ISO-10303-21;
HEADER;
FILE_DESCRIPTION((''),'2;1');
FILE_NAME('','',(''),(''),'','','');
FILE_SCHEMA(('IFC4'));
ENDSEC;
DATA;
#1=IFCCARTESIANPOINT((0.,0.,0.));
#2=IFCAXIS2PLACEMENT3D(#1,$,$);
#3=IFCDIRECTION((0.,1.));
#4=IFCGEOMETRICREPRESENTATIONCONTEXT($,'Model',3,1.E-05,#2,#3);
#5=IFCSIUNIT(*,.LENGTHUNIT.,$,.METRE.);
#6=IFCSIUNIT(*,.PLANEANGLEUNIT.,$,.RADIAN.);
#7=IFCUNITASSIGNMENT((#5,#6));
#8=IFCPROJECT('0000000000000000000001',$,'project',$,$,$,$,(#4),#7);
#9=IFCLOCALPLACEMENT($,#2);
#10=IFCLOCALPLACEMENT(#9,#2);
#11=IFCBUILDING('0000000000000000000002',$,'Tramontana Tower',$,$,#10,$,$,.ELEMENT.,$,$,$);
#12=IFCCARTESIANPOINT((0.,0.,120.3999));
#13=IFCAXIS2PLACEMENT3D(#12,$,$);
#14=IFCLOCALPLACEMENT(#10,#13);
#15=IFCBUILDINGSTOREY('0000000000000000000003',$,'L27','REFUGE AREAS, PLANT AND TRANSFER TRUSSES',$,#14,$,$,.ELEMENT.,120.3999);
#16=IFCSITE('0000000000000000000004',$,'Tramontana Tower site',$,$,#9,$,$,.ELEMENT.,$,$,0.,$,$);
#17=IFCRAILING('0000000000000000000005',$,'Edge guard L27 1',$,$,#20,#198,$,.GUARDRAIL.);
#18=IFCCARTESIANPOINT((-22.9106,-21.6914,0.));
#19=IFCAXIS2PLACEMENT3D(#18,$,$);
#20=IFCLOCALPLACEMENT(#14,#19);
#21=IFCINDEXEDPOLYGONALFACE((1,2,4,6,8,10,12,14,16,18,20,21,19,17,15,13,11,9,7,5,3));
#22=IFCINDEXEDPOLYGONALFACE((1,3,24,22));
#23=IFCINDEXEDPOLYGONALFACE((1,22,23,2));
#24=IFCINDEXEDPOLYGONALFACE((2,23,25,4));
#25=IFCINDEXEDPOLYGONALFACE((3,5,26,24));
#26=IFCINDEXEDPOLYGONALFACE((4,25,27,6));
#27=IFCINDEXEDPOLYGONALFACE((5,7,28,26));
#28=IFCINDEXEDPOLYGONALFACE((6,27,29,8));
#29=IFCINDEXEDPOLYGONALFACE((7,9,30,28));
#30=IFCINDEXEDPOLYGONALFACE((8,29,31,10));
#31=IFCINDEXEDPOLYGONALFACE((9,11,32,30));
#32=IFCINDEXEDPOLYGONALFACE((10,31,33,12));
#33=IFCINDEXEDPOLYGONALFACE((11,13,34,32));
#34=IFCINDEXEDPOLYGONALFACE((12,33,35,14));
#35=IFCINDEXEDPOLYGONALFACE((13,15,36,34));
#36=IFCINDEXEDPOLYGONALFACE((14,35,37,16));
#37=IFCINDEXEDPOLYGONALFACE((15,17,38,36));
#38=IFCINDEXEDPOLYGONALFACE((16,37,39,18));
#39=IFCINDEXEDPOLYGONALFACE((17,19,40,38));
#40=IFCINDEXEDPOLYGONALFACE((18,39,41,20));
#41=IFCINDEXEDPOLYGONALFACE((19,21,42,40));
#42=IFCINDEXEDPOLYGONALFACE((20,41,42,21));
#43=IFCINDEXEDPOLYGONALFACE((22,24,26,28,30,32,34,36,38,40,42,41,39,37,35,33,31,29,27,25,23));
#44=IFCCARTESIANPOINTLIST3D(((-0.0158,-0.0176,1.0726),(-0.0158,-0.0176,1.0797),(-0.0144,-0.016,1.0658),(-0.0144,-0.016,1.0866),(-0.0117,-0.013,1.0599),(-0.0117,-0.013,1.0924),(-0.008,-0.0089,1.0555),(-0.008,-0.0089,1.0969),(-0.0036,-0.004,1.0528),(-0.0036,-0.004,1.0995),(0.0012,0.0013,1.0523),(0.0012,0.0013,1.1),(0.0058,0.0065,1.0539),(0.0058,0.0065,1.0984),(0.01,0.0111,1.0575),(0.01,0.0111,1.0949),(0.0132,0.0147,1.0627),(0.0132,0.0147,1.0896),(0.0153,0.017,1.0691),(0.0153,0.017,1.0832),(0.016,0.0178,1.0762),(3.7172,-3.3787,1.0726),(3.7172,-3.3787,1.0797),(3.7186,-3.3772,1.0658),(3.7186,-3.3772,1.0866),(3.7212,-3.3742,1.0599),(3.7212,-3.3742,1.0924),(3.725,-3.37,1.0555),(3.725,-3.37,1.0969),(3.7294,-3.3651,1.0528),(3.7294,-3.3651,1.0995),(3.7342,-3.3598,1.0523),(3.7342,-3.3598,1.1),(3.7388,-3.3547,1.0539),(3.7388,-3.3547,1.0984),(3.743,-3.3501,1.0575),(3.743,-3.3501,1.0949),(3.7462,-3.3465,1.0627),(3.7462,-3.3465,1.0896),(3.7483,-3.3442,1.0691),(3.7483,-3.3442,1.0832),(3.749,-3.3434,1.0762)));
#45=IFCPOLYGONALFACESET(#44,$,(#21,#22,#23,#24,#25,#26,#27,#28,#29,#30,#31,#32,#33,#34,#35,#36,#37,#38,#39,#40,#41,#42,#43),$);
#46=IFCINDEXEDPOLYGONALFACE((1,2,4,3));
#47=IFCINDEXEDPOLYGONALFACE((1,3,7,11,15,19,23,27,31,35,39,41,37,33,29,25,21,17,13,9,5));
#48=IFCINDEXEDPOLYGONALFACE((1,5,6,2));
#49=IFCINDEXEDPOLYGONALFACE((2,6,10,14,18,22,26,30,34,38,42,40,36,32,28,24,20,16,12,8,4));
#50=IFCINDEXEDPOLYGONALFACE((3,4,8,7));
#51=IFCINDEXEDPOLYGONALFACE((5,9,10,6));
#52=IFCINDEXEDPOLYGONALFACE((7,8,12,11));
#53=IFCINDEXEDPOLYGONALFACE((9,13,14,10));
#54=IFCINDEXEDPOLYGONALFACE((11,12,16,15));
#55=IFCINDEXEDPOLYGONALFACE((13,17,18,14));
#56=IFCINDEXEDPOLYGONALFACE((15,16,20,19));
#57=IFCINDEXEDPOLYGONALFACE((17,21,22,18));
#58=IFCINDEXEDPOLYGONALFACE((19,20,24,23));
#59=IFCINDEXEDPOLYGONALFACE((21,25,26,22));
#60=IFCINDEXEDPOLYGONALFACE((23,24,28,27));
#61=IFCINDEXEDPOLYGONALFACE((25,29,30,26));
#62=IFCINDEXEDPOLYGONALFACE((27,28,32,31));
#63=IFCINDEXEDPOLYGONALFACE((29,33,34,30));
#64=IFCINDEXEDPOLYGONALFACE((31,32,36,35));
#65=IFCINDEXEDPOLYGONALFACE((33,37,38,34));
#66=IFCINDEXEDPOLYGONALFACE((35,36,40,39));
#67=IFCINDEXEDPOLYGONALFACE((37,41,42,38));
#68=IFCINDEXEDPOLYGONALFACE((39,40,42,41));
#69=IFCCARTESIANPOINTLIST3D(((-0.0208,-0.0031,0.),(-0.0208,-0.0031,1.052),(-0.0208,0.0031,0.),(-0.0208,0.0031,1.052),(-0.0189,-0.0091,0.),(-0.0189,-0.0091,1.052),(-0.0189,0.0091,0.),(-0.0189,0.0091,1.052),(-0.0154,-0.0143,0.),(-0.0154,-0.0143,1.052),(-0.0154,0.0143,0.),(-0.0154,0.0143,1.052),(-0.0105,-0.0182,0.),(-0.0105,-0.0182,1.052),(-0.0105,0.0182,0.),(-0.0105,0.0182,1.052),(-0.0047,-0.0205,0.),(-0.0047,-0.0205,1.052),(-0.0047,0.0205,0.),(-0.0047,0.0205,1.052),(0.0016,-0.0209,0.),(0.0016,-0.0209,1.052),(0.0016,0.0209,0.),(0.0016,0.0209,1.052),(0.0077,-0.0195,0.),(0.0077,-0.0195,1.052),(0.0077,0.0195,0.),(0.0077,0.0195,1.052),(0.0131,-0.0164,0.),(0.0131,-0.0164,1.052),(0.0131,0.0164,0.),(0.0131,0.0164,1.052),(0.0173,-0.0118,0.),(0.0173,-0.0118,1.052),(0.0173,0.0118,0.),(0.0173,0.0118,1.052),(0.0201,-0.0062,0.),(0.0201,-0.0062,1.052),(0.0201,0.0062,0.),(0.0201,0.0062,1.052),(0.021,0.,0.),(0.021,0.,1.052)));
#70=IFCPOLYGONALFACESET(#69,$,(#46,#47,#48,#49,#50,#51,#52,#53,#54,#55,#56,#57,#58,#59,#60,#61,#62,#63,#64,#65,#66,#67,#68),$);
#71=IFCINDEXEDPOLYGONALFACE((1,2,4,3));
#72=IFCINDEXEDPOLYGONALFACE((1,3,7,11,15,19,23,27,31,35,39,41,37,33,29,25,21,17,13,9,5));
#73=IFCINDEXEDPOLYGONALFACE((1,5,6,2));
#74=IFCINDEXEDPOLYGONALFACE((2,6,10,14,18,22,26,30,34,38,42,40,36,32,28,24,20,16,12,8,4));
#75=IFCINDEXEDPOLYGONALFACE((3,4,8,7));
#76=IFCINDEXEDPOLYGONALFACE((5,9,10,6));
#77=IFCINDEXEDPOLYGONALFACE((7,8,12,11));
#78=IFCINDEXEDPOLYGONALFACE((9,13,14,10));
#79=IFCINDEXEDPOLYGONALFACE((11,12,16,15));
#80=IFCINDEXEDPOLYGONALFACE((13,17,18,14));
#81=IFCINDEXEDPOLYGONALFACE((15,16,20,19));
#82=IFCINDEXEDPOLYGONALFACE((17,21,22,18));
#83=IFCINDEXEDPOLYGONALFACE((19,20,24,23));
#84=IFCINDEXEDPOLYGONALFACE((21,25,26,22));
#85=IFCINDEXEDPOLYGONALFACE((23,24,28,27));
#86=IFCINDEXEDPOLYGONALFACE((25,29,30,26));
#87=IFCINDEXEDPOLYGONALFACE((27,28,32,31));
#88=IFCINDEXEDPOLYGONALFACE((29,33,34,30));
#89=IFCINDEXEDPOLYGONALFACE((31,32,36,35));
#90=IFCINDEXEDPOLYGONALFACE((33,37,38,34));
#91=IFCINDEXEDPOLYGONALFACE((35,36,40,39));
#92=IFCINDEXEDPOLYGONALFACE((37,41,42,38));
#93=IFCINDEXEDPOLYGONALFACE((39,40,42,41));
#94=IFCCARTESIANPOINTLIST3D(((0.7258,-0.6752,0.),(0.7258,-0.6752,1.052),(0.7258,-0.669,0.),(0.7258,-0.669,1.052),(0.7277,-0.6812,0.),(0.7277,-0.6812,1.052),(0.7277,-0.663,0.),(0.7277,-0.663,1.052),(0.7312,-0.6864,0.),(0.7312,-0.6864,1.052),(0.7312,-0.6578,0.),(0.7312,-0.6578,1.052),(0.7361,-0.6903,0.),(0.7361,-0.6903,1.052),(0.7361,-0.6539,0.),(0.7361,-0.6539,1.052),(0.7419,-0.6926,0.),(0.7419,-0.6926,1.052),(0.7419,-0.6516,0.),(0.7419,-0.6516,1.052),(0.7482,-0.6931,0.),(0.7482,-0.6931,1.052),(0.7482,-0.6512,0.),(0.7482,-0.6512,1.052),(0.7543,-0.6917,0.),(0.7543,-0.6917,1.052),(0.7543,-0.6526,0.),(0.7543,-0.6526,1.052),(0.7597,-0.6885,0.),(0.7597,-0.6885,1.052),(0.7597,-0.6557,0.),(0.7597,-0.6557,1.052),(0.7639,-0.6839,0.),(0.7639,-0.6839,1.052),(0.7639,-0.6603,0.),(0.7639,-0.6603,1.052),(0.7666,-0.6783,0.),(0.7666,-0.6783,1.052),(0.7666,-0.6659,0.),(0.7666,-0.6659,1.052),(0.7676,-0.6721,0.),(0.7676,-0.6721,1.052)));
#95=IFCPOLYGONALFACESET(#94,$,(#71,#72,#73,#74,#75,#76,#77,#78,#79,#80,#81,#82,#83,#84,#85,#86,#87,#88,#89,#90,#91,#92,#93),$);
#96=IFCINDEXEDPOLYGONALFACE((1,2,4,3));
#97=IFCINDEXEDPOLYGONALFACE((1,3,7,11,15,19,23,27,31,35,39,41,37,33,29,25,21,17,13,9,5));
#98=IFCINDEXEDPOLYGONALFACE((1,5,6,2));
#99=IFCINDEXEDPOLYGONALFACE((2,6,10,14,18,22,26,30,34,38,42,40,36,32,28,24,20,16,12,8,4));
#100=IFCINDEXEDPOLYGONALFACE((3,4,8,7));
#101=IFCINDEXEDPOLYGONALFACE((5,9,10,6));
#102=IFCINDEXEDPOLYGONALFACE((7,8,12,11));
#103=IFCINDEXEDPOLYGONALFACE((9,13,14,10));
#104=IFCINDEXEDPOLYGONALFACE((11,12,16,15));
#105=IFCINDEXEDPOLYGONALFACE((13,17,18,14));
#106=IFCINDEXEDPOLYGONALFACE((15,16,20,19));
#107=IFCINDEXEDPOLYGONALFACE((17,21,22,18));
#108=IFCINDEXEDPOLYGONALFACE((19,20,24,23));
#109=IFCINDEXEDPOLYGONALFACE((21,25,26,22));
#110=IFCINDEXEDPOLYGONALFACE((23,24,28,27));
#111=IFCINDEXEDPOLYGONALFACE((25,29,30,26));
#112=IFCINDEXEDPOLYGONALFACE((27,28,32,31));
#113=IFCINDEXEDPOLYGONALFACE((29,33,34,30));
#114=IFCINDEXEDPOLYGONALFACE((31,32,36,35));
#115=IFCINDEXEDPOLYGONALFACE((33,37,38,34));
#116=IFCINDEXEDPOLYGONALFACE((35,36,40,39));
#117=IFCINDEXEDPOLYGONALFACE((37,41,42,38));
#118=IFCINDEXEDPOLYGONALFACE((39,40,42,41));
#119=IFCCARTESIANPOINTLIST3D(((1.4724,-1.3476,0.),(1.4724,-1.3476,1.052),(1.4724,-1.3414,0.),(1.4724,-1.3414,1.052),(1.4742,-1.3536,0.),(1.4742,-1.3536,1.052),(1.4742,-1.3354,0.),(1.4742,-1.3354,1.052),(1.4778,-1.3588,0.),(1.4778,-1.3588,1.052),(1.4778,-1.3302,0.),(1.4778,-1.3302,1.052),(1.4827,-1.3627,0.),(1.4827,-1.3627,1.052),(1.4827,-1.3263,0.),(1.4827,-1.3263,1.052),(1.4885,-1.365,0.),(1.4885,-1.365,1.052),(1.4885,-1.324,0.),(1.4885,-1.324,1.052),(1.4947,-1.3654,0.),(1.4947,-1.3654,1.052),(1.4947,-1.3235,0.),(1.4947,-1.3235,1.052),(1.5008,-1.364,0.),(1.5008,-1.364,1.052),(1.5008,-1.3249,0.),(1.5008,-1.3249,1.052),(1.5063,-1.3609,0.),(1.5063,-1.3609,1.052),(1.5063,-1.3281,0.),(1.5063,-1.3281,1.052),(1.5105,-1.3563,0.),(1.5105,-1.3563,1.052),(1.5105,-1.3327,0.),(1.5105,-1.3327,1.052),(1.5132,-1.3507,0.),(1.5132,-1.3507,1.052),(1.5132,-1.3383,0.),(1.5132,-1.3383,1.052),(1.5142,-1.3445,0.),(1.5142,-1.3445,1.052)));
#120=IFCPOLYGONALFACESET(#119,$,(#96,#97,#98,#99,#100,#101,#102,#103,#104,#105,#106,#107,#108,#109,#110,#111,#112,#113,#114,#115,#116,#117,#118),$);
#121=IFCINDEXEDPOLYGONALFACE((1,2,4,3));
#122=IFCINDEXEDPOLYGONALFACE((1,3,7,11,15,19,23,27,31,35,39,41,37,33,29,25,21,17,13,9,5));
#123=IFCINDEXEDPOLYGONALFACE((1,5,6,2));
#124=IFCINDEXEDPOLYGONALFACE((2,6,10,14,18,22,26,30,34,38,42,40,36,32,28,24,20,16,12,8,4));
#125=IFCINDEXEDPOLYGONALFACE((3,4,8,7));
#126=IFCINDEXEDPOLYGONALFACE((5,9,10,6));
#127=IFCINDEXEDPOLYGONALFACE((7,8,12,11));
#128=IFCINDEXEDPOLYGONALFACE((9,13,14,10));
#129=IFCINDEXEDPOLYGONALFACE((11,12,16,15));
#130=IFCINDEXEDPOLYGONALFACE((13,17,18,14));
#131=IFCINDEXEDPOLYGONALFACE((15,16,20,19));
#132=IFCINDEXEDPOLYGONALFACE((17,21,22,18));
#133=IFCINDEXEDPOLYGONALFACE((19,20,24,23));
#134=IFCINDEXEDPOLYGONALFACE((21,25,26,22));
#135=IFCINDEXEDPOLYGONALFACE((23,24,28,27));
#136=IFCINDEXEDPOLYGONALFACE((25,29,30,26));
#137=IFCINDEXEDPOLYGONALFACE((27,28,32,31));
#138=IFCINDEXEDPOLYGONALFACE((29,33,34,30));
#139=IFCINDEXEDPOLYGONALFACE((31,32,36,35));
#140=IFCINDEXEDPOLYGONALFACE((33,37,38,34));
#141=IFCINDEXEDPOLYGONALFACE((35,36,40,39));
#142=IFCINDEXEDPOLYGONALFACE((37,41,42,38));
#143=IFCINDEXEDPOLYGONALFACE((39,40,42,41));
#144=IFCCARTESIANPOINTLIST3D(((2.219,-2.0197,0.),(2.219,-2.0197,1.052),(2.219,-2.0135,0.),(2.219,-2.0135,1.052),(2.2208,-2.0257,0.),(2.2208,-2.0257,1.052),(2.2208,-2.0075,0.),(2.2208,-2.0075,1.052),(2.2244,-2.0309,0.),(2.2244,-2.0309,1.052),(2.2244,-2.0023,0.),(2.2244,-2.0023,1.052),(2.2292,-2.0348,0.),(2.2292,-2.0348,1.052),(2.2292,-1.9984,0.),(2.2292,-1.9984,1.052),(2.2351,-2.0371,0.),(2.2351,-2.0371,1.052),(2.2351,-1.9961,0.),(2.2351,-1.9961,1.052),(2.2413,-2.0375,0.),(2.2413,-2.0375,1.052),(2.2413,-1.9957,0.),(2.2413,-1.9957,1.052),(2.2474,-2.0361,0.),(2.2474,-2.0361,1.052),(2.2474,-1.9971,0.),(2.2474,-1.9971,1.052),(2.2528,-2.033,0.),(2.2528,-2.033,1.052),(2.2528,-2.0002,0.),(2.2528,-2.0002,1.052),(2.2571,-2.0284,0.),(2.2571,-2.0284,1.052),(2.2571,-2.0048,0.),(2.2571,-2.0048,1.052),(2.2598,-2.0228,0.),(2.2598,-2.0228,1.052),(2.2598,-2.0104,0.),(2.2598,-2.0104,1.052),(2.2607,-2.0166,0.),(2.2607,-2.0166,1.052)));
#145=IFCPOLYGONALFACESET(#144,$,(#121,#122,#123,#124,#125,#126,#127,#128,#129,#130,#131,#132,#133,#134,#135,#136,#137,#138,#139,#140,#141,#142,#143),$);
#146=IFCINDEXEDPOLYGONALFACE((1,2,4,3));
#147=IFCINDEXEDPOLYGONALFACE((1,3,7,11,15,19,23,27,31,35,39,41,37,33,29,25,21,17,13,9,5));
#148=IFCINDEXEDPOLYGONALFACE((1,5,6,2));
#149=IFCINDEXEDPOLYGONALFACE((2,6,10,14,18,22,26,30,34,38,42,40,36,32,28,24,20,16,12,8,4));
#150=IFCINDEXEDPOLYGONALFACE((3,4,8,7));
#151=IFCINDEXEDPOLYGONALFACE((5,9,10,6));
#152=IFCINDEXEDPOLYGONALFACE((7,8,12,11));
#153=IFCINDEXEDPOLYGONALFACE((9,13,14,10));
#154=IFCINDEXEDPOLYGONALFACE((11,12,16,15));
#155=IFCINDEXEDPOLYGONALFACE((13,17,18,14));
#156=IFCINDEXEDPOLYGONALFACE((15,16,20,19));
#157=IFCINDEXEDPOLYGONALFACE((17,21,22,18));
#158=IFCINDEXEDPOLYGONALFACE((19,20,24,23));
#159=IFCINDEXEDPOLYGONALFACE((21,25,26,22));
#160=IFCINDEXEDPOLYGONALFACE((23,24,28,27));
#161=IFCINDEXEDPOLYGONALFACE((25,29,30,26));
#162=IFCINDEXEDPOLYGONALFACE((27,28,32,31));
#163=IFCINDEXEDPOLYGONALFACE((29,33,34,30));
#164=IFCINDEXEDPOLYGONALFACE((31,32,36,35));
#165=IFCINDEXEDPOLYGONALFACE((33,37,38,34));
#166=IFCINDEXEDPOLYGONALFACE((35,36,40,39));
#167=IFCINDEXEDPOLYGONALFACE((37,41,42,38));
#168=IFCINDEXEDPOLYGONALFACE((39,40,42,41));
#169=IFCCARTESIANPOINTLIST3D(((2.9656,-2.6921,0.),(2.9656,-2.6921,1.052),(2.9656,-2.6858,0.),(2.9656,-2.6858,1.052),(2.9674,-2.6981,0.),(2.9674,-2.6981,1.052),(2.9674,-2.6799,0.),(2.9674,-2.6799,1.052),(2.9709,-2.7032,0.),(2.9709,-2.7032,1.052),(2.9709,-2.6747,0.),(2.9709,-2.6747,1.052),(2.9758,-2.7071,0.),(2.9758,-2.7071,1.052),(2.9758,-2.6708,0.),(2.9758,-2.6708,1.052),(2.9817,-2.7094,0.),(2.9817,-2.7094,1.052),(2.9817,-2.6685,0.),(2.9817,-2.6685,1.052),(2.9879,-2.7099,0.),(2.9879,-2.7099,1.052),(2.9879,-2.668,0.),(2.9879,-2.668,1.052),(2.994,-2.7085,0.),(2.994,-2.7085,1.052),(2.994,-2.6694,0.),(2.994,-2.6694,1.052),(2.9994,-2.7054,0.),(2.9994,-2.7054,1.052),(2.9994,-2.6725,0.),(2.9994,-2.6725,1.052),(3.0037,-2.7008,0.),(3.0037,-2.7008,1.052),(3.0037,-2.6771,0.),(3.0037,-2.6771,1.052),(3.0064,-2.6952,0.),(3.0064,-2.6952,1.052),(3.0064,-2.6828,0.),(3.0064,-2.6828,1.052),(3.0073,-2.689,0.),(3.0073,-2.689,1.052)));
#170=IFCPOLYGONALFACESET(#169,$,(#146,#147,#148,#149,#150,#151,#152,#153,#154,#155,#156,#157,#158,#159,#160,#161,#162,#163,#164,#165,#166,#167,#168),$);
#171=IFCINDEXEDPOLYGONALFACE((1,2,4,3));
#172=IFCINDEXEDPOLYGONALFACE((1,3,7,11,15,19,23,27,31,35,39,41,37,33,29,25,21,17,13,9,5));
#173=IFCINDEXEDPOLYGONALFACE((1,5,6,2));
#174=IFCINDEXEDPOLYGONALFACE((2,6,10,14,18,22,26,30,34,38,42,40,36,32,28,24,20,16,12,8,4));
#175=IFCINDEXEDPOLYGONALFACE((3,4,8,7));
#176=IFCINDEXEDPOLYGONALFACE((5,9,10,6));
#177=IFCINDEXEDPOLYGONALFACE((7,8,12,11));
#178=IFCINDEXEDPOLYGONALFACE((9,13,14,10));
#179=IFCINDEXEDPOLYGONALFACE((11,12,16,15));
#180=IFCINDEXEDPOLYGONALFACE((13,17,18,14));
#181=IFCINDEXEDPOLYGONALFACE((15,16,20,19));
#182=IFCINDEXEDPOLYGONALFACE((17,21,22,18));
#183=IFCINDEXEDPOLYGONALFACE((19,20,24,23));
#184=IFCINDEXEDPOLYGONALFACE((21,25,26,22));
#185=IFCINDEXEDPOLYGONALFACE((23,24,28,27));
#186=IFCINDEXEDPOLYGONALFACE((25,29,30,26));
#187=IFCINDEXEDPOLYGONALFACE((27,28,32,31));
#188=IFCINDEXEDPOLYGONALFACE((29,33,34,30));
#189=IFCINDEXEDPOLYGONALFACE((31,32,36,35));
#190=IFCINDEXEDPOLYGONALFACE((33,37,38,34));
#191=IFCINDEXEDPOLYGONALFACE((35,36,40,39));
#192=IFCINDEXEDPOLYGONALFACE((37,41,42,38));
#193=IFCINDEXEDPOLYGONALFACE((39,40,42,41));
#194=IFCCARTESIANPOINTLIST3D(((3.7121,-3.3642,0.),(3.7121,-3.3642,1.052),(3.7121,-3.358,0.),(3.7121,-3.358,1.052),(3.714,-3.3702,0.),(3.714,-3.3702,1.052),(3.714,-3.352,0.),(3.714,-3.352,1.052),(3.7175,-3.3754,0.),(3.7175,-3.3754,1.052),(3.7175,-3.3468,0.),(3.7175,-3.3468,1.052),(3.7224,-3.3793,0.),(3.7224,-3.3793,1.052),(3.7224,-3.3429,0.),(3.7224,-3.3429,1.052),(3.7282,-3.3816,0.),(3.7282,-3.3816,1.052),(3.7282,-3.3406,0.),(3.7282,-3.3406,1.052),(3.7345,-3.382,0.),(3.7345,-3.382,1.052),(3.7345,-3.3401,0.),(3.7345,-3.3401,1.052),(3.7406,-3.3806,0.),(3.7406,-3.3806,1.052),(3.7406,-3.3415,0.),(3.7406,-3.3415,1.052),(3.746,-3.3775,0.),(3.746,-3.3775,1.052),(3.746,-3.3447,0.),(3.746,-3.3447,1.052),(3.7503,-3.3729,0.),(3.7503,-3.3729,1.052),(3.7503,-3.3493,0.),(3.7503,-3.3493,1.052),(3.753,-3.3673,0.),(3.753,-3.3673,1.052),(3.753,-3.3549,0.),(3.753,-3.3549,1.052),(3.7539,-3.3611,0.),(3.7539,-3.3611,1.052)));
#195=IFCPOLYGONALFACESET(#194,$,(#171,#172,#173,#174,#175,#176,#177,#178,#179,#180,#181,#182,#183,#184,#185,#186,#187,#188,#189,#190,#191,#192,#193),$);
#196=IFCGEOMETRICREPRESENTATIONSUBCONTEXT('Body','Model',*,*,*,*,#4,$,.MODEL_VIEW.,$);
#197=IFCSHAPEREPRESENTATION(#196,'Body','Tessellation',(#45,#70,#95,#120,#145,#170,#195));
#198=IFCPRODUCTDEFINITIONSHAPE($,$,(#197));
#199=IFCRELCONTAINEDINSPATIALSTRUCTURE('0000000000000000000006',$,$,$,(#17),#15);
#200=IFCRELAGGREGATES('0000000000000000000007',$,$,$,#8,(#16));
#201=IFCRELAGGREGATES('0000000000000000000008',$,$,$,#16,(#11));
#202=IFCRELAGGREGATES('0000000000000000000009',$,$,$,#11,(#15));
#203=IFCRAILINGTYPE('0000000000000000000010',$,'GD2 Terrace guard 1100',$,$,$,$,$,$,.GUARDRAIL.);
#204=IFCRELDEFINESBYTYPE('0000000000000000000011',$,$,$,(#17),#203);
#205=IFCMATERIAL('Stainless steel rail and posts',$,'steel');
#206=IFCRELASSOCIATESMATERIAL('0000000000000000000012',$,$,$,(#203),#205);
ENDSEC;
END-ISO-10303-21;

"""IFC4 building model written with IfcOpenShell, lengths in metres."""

from ifc_helpers import new_model, si_unit, direction, frame, origin, origin_2d, place, context, subcontext, project, spatial, circle, extrude, material, type_object, element, save


model = new_model("IFC4")

# Units and contexts
model_context = context("Model", 3, precision=1e-05, world=origin(), true_north=direction((0.0, 1.0)))
body_context = subcontext(model_context, "Body", "Model", "MODEL_VIEW")
ifc_project = project(units=[si_unit("LENGTHUNIT", "METRE"), si_unit("PLANEANGLEUNIT", "RADIAN")], contexts=[model_context])

# Site, building, storey
site_placement = place(None, origin())
site = spatial("IfcSite", under=ifc_project, at=site_placement, Name="Tramontana Tower site", CompositionType="ELEMENT", RefElevation=0.0)
building_placement = place(site_placement, origin())
building = spatial("IfcBuilding", under=site, at=building_placement, Name="Tramontana Tower", CompositionType="ELEMENT")
storey_placement = place(building_placement, frame((0.0, 0.0, 120.3999)))
storey = spatial("IfcBuildingStorey", under=building, at=storey_placement, Name="L27", Description="REFUGE AREAS, PLANT AND TRANSFER TRUSSES", CompositionType="ELEMENT", Elevation=120.3999)

# Railing
ifc_material_1 = material(Name="Stainless steel rail and posts", Category="steel")
railing_type = type_object("IfcRailingType", Name="GD2 Terrace guard 1100", PredefinedType="GUARDRAIL", material=ifc_material_1)
railing_1_placement = place(storey_placement, frame((-22.9106, -21.6914, 0.0)))
element("IfcRailing", 1, at=railing_1_placement, inside=storey, type_object=railing_type, Name="Edge guard L27 1", PredefinedType="GUARDRAIL", context=body_context, shape_type="SweptSolid", body=[
    extrude(circle(Radius=0.0239, at=origin_2d()), frame((0.0, 0.0, 1.0762), z_axis=(0.743149, -0.669126, 0.0), x_axis=(0.669126, 0.743149, 0.0)), (0.0, 0.0, 1.0), 5.0232),
    extrude(circle(Radius=0.021, at=origin_2d()), origin(), (0.0, 0.0, 1.0), 1.052),
    extrude(circle(Radius=0.021, at=origin_2d()), frame((0.7466, -0.6721, 0.0)), (0.0, 0.0, 1.0), 1.052),
    extrude(circle(Radius=0.021, at=origin_2d()), frame((1.4932, -1.3445, 0.0)), (0.0, 0.0, 1.0), 1.052),
    extrude(circle(Radius=0.021, at=origin_2d()), frame((2.2397, -2.0166, 0.0)), (0.0, 0.0, 1.0), 1.052),
    extrude(circle(Radius=0.021, at=origin_2d()), frame((2.9863, -2.689, 0.0)), (0.0, 0.0, 1.0), 1.052),
    extrude(circle(Radius=0.021, at=origin_2d()), frame((3.7329, -3.3611, 0.0)), (0.0, 0.0, 1.0), 1.052),
])

save(model, "model.ifc")
